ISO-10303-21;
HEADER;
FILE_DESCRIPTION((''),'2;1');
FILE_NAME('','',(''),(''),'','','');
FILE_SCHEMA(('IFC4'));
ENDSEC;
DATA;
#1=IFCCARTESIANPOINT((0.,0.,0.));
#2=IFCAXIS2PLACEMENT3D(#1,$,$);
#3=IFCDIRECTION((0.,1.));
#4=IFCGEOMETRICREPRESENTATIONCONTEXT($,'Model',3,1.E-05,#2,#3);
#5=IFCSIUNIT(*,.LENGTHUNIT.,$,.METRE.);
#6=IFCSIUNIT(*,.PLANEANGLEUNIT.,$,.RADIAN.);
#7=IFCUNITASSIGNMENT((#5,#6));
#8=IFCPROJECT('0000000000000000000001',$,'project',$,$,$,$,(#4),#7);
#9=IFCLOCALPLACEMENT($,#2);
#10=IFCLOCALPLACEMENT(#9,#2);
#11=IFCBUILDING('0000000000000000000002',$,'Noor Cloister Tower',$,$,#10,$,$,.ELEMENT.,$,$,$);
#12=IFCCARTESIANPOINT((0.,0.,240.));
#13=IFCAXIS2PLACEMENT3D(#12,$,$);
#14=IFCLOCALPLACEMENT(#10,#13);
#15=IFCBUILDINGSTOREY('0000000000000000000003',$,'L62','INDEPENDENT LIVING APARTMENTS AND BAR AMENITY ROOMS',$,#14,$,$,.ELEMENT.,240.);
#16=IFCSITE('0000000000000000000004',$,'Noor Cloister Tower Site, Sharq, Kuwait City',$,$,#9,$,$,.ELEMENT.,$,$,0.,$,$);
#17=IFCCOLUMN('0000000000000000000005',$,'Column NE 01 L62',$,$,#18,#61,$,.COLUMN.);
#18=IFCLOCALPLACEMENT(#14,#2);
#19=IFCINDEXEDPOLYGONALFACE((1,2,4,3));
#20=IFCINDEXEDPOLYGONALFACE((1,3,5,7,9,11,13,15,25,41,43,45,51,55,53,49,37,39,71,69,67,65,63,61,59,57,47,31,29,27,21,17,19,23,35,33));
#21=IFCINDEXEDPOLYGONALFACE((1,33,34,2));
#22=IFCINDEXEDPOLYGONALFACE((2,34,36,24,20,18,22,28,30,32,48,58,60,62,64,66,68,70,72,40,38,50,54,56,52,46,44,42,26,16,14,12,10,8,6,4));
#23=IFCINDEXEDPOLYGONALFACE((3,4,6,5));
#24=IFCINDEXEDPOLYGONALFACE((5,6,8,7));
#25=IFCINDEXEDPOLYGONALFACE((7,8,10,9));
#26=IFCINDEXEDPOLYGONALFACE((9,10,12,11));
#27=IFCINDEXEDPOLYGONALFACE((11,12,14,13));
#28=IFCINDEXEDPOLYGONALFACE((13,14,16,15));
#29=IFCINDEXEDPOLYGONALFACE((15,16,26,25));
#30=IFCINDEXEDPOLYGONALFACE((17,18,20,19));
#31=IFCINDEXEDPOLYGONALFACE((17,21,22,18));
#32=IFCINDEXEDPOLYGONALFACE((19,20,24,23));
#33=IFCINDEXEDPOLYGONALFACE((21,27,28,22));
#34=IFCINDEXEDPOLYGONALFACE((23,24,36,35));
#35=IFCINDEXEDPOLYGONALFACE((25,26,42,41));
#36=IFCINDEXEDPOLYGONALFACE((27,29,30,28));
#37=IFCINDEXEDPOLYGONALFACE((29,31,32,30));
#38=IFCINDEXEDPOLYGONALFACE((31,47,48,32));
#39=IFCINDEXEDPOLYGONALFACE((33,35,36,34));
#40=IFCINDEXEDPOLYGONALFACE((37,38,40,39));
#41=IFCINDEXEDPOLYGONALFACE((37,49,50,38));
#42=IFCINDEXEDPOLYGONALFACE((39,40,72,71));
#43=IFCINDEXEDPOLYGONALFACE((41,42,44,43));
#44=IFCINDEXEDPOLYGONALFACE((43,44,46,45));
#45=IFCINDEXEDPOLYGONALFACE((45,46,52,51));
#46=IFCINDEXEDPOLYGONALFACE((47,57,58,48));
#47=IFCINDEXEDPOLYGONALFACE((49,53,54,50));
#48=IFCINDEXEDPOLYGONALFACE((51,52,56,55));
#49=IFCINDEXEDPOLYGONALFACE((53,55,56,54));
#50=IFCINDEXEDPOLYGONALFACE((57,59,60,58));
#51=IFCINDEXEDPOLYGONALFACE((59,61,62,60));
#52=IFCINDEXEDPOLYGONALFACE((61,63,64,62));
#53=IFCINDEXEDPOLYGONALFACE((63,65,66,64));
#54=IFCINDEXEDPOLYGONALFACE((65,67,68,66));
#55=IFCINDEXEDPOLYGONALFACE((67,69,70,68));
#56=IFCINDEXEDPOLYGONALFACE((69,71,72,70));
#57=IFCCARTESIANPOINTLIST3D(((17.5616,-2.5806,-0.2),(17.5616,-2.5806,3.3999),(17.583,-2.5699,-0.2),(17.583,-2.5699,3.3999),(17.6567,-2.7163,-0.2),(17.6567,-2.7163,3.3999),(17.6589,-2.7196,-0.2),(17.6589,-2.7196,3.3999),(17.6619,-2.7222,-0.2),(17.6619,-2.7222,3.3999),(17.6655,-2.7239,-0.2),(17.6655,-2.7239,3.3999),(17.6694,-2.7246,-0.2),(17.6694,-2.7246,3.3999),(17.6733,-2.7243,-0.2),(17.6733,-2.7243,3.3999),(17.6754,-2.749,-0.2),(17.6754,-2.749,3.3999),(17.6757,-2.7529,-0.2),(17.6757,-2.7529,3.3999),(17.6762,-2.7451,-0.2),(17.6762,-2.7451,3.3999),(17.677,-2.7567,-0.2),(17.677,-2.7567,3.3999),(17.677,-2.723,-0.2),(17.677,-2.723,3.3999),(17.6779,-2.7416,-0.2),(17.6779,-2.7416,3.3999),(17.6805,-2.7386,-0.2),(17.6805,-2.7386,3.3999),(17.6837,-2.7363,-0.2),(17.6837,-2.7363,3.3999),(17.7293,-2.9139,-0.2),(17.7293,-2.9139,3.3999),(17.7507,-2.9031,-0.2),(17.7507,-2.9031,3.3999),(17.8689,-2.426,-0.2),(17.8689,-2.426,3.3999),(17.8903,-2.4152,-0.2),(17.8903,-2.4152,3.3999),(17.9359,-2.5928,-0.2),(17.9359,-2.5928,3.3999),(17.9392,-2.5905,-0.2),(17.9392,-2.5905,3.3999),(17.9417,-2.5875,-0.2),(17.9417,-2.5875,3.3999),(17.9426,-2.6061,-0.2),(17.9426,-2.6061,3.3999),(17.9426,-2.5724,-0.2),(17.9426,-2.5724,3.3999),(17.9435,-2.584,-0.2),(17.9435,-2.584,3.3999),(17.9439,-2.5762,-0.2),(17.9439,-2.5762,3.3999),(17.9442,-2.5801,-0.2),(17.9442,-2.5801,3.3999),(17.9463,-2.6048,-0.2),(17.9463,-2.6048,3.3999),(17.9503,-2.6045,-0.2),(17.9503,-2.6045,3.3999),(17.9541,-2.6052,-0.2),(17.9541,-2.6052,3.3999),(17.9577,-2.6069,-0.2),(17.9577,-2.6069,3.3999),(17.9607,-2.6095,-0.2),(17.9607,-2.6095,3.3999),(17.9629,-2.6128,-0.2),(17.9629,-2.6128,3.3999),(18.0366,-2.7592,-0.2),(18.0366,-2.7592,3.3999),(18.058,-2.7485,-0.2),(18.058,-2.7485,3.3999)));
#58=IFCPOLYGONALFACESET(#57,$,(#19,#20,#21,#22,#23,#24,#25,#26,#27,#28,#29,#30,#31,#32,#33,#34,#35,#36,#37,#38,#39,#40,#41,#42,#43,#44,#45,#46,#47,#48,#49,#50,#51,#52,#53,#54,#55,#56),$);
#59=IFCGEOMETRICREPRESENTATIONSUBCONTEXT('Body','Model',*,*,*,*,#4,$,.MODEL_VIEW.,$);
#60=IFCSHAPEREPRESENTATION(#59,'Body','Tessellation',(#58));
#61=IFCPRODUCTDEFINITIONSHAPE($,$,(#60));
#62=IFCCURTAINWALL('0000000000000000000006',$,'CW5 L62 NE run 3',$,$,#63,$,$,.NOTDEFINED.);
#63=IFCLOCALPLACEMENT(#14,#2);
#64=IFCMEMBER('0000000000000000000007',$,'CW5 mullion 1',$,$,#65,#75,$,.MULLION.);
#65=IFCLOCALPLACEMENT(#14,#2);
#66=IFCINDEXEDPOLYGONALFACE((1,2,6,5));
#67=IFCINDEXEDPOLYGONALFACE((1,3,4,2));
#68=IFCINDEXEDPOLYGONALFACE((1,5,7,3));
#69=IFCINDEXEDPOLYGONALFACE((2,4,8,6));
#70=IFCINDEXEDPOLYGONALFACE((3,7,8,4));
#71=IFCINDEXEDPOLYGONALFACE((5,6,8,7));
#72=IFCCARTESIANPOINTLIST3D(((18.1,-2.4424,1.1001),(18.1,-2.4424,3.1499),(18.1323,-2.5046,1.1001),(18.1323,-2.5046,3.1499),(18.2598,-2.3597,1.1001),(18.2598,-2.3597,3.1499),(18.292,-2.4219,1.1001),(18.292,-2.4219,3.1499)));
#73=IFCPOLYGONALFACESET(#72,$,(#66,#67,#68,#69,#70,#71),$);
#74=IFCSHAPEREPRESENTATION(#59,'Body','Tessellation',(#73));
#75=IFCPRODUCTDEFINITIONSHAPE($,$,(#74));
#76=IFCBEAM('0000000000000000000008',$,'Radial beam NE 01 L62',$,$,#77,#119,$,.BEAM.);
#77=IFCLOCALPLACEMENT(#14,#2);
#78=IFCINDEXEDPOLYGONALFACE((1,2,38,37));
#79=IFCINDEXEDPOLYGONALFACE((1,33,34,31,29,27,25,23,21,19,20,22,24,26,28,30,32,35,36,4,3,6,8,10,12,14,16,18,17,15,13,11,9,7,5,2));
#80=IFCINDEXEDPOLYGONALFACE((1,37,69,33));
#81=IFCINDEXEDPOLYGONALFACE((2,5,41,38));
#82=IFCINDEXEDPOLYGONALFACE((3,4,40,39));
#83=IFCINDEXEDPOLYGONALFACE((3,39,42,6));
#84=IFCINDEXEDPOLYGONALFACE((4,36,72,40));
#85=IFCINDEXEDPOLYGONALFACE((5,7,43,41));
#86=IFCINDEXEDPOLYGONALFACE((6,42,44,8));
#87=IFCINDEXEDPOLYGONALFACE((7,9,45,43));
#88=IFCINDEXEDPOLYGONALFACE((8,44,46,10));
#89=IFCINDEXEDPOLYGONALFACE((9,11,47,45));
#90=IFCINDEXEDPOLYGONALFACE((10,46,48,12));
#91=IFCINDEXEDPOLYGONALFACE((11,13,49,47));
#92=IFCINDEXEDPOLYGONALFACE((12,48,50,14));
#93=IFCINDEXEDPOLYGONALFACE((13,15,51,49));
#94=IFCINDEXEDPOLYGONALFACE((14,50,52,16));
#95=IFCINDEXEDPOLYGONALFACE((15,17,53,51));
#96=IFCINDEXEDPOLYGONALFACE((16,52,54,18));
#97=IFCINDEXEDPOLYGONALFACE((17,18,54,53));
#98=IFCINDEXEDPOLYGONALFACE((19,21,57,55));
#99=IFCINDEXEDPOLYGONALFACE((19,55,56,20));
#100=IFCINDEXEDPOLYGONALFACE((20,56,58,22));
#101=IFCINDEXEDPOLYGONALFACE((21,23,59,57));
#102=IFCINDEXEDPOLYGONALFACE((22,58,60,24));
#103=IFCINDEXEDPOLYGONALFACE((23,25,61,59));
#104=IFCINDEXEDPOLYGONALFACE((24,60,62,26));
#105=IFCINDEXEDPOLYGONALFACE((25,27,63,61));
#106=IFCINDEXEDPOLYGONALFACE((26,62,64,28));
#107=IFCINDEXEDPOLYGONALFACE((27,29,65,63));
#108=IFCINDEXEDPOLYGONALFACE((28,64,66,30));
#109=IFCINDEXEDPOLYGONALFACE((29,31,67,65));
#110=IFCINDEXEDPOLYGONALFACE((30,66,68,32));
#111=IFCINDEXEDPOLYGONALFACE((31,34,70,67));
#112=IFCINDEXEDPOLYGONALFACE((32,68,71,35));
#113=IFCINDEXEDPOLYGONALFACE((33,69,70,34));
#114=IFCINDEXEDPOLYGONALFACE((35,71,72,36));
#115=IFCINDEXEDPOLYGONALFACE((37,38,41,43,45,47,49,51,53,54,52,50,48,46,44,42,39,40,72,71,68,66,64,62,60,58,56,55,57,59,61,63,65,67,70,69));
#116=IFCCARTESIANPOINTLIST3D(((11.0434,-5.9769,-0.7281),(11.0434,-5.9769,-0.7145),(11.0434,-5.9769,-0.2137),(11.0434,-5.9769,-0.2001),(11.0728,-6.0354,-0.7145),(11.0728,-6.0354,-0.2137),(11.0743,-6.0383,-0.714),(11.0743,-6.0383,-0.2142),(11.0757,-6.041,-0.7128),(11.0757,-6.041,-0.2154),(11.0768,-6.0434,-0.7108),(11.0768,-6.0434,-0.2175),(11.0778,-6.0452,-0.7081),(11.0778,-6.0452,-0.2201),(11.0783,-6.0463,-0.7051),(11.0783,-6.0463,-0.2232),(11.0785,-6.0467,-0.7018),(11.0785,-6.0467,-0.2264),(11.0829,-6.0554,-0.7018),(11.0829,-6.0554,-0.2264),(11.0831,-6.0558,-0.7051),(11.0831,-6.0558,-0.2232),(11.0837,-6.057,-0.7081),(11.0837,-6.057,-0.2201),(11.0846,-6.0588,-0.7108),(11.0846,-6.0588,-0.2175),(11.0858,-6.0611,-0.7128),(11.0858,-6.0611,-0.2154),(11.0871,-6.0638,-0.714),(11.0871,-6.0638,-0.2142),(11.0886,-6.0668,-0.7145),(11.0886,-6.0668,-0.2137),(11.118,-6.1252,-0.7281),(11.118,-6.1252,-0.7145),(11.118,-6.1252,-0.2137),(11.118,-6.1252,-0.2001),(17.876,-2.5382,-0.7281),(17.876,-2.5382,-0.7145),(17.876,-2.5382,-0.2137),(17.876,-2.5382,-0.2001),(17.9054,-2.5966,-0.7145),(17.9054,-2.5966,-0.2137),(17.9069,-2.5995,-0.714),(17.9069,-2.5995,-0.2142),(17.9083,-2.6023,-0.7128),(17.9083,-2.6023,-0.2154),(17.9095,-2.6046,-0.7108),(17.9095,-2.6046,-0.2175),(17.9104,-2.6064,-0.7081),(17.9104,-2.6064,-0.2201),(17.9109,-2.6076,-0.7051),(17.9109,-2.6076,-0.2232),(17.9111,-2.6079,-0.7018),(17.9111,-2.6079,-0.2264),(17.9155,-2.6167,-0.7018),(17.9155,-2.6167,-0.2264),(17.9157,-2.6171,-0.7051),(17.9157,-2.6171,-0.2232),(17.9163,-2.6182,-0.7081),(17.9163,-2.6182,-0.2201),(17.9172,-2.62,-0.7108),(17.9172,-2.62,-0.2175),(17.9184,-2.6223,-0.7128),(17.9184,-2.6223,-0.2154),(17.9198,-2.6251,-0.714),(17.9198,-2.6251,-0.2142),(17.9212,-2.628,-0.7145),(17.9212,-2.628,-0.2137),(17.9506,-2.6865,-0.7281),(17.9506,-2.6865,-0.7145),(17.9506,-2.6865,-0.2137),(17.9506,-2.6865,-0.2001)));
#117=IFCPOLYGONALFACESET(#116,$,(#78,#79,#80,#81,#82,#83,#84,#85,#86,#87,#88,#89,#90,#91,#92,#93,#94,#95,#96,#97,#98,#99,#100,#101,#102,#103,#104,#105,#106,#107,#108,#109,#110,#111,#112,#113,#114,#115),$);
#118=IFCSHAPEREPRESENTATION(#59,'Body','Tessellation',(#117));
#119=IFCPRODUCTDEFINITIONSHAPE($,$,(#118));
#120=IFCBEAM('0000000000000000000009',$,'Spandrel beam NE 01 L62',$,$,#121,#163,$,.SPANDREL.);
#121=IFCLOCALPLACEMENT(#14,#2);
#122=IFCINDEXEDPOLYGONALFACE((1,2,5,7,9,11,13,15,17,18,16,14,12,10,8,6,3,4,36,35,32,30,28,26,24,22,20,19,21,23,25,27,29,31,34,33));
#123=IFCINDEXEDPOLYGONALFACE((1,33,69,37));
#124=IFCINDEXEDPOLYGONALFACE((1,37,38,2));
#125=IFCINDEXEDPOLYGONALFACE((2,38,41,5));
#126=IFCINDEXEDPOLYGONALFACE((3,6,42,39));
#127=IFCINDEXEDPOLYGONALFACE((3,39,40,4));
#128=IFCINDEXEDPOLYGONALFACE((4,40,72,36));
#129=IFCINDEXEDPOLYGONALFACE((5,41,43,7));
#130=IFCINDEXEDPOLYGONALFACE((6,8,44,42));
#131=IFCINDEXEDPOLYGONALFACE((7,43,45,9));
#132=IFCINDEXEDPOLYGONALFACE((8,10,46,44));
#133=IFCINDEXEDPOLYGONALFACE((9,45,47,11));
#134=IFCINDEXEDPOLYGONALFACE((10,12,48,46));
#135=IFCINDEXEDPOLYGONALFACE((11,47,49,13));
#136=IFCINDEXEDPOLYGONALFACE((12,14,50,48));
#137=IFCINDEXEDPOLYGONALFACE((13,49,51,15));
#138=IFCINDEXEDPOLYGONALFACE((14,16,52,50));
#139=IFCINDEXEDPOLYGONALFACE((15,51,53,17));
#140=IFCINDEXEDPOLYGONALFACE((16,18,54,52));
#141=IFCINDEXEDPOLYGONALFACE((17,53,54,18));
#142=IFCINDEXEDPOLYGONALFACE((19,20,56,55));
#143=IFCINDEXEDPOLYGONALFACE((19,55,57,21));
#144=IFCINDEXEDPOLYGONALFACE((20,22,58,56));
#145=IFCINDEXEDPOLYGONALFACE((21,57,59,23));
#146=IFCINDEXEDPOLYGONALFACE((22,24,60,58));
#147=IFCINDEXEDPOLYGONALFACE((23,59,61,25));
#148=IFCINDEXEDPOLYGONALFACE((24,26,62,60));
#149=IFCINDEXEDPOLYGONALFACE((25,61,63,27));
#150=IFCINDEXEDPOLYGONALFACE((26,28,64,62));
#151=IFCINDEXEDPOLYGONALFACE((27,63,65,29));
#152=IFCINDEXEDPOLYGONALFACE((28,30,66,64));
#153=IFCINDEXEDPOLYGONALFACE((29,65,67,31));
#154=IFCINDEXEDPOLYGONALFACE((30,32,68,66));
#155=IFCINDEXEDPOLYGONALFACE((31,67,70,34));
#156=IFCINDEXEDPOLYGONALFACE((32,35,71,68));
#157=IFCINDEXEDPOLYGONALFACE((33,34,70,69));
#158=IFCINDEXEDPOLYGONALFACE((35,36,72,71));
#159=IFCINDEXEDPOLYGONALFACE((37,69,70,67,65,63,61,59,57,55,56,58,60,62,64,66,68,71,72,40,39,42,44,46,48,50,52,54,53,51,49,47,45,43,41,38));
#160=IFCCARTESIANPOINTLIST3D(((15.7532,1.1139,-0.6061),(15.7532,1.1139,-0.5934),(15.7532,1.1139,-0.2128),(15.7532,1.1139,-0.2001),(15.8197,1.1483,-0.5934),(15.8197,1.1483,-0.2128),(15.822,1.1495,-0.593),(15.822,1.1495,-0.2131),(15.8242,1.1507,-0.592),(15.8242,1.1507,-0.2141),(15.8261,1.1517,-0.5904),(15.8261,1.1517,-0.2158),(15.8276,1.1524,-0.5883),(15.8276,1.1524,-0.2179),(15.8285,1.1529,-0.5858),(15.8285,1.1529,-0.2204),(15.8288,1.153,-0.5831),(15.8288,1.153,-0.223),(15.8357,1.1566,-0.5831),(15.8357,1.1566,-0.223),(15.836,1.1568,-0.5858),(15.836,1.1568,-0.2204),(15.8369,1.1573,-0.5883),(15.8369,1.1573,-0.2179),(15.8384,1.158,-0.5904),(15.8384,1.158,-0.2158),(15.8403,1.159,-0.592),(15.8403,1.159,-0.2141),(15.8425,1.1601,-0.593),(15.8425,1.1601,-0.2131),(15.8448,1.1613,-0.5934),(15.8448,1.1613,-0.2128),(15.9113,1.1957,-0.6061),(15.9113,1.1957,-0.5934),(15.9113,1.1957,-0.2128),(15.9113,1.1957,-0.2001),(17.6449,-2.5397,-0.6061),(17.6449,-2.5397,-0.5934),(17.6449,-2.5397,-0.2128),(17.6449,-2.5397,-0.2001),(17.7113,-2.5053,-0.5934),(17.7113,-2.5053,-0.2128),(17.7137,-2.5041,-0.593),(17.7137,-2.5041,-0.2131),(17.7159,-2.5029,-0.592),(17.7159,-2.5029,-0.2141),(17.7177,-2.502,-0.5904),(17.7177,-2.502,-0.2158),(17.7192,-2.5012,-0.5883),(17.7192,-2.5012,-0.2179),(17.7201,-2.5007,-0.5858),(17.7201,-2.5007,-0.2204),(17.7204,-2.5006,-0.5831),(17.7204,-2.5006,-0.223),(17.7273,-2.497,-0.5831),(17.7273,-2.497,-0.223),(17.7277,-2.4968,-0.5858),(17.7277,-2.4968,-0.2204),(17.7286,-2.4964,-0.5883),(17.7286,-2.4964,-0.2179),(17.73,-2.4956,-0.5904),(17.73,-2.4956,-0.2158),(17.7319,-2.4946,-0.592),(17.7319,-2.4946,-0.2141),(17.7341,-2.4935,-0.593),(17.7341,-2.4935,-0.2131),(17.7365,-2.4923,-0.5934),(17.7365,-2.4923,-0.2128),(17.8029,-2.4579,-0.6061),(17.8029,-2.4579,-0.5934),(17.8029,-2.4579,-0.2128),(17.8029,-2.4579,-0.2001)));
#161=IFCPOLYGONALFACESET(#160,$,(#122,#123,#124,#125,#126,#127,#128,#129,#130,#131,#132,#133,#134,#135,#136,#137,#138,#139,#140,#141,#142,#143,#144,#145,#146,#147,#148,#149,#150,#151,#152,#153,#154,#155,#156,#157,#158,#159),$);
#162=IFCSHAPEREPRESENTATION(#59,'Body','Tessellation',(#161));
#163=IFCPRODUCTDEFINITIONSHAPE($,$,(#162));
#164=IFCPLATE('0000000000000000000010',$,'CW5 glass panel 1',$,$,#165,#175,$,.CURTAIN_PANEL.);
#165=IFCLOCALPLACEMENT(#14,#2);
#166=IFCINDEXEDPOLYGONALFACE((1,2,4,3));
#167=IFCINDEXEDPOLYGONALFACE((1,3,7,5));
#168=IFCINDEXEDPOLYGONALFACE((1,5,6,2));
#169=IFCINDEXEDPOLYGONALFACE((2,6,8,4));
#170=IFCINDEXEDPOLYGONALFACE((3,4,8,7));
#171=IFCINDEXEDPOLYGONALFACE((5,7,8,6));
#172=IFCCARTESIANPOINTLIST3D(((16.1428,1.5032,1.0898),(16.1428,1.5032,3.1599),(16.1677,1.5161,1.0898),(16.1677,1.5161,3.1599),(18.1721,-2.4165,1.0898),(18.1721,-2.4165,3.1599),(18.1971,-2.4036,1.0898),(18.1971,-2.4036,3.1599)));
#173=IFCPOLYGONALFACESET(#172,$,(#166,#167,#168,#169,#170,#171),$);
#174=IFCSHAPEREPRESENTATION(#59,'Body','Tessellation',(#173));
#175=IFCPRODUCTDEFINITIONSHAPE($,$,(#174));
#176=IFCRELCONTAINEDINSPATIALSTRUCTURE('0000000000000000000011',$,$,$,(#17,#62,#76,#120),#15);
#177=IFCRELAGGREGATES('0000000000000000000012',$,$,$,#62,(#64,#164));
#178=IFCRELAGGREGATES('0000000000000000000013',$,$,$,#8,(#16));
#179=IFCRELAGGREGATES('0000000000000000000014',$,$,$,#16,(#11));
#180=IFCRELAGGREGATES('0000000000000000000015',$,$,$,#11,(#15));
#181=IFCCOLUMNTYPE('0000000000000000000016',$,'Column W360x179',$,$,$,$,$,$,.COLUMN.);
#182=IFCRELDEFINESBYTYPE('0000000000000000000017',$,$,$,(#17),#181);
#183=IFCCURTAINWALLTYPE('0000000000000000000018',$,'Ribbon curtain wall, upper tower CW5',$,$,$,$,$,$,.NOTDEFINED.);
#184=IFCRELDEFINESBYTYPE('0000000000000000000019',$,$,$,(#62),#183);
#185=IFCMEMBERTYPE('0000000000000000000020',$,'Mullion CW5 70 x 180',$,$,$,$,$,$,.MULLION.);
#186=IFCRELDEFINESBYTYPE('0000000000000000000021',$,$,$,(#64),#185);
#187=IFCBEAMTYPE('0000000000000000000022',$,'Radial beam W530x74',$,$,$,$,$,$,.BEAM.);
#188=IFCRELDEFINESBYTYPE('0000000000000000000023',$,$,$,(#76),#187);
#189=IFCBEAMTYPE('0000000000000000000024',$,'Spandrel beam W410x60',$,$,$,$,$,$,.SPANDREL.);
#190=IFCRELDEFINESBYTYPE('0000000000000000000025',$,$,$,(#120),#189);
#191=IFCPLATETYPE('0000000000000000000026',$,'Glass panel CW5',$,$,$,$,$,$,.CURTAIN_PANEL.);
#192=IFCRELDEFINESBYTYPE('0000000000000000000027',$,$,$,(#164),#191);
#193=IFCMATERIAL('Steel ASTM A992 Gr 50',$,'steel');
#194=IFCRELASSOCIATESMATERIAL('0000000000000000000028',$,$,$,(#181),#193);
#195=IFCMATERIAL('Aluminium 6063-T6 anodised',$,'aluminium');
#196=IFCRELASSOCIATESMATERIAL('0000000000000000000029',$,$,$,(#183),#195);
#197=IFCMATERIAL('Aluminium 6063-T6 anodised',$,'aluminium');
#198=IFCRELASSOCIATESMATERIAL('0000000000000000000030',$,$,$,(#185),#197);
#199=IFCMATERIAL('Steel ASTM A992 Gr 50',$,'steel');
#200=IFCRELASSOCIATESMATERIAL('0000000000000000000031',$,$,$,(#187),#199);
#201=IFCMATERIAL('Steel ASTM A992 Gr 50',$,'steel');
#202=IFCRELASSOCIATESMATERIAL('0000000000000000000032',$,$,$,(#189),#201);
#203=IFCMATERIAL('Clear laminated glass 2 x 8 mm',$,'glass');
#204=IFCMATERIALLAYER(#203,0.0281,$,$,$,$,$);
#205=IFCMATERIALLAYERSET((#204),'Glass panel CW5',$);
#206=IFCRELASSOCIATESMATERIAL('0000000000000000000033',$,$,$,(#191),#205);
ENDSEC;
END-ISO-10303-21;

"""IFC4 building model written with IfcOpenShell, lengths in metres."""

from ifc_helpers import new_model, si_unit, direction, frame, origin, origin_2d, place, context, subcontext, project, spatial, rectangle, i_section, extrude, material, layer, layer_set, material_profile, profile_set, type_object, element, aggregate, save


model = new_model("IFC4")

# Units and contexts
model_context = context("Model", 3, precision=1e-05, world=origin(), true_north=direction((0.0, 1.0)))
body_context = subcontext(model_context, "Body", "Model", "MODEL_VIEW")
ifc_project = project(units=[si_unit("LENGTHUNIT", "METRE"), si_unit("PLANEANGLEUNIT", "RADIAN")], contexts=[model_context])

# Site, building, storey
site_placement = place(None, origin())
site = spatial("IfcSite", under=ifc_project, at=site_placement, Name="Noor Cloister Tower Site, Sharq, Kuwait City", CompositionType="ELEMENT", RefElevation=0.0)
building_placement = place(site_placement, origin())
building = spatial("IfcBuilding", under=site, at=building_placement, Name="Noor Cloister Tower", CompositionType="ELEMENT")
storey_placement = place(building_placement, frame((0.0, 0.0, 240.0)))
storey = spatial("IfcBuildingStorey", under=building, at=storey_placement, Name="L62", Description="INDEPENDENT LIVING APARTMENTS AND BAR AMENITY ROOMS", CompositionType="ELEMENT", Elevation=240.0)

# Column
ifc_material_1 = material(Name="Steel ASTM A992 Gr 50", Category="steel")
ifc_material_profile_1 = material_profile(ifc_material_1, i_section(OverallWidth=0.373, OverallDepth=0.3679, WebThickness=0.0149, FlangeThickness=0.0239, FilletRadius=0.0151, at=origin_2d()), Name="W360x179")
ifc_profile_set_1 = profile_set([ifc_material_profile_1], Name="Steel ASTM A992 Gr 50")
column_type = type_object("IfcColumnType", Name="Column W360x179", PredefinedType="COLUMN", material=ifc_profile_set_1)
column_placement = place(storey_placement, frame((17.8098, -2.6646, -0.2), z_axis=(0.0, 0.0, 1.0), x_axis=(-0.449568, 0.893246, 0.0)))
element("IfcColumn", 1, at=column_placement, inside=storey, type_object=column_type, Name="Column NE 01 L62", PredefinedType="COLUMN", context=body_context, shape_type="SweptSolid", body=[
    extrude(i_section(OverallWidth=0.373, OverallDepth=0.3679, WebThickness=0.0149, FlangeThickness=0.0239, FilletRadius=0.0151, at=origin_2d()), origin(), (0.0, 0.0, 1.0), 3.5999),
])

# Curtain wall, member
ifc_material_2 = material(Name="Aluminium 6063-T6 anodised", Category="aluminium")
curtain_wall_type = type_object("IfcCurtainWallType", Name="Ribbon curtain wall, upper tower CW5", PredefinedType="NOTDEFINED", material=ifc_material_2)
curtain_wall_placement = place(storey_placement, origin())
curtain_wall = element("IfcCurtainWall", 2, at=curtain_wall_placement, inside=storey, type_object=curtain_wall_type, Name="CW5 L62 NE run 3", PredefinedType="NOTDEFINED")
ifc_material_3 = material(Name="Aluminium 6063-T6 anodised", Category="aluminium")
ifc_material_profile_2 = material_profile(ifc_material_3, rectangle(XDim=0.1799, YDim=0.0701, at=origin_2d()), Name="180 x 70 mullion")
ifc_profile_set_2 = profile_set([ifc_material_profile_2], Name="Aluminium 6063-T6 anodised")
member_type = type_object("IfcMemberType", Name="Mullion CW5 70 x 180", PredefinedType="MULLION", material=ifc_profile_set_2)
member_placement = place(storey_placement, frame((18.196, -2.4321, 1.1001), z_axis=(0.0, 0.0, 1.0), x_axis=(-0.888034, -0.459778, 0.0)))
member = element("IfcMember", 3, at=member_placement, type_object=member_type, Name="CW5 mullion 1", PredefinedType="MULLION", context=body_context, shape_type="SweptSolid", body=[
    extrude(rectangle(XDim=0.1799, YDim=0.0701, at=origin_2d()), origin(), (0.0, 0.0, 1.0), 2.0498),
])

# Beams
ifc_material_4 = material(Name="Steel ASTM A992 Gr 50", Category="steel")
ifc_material_profile_3 = material_profile(ifc_material_4, i_section(OverallWidth=0.166, OverallDepth=0.5281, WebThickness=0.0098, FlangeThickness=0.0137, FilletRadius=0.0127, at=origin_2d()), Name="W530x74")
ifc_profile_set_3 = profile_set([ifc_material_profile_3], Name="Steel ASTM A992 Gr 50")
beam_type_1 = type_object("IfcBeamType", Name="Radial beam W530x74", PredefinedType="BEAM", material=ifc_profile_set_3)
beam_1_placement = place(storey_placement, frame((17.9133, -2.6123, -0.4641), z_axis=(-0.89325, -0.449561, 0.0), x_axis=(0.449561, -0.89325, 0.0)))
element("IfcBeam", 4, at=beam_1_placement, inside=storey, type_object=beam_type_1, Name="Radial beam NE 01 L62", PredefinedType="BEAM", context=body_context, shape_type="SweptSolid", body=[
    extrude(i_section(OverallWidth=0.166, OverallDepth=0.5281, WebThickness=0.0098, FlangeThickness=0.0137, FilletRadius=0.0127, at=origin_2d()), origin(), (0.0, 0.0, 1.0), 7.6492),
])
ifc_material_5 = material(Name="Steel ASTM A992 Gr 50", Category="steel")
ifc_material_profile_4 = material_profile(ifc_material_5, i_section(OverallWidth=0.178, OverallDepth=0.406, WebThickness=0.0078, FlangeThickness=0.0127, FilletRadius=0.0103, at=origin_2d()), Name="W410x60")
ifc_profile_set_4 = profile_set([ifc_material_profile_4], Name="Steel ASTM A992 Gr 50")
beam_type_2 = type_object("IfcBeamType", Name="Spandrel beam W410x60", PredefinedType="SPANDREL", material=ifc_profile_set_4)
beam_2_placement = place(storey_placement, frame((17.7239, -2.4988, -0.4031), z_axis=(-0.459773, 0.888036, 0.0), x_axis=(-0.888036, -0.459773, 0.0)))
element("IfcBeam", 5, at=beam_2_placement, inside=storey, type_object=beam_type_2, Name="Spandrel beam NE 01 L62", PredefinedType="SPANDREL", context=body_context, shape_type="SweptSolid", body=[
    extrude(i_section(OverallWidth=0.178, OverallDepth=0.406, WebThickness=0.0078, FlangeThickness=0.0127, FilletRadius=0.0103, at=origin_2d()), origin(), (0.0, 0.0, 1.0), 4.1143),
])

# Plate
ifc_material_6 = material(Name="Clear laminated glass 2 x 8 mm", Category="glass")
ifc_layer_1 = layer(ifc_material_6, 0.0281)
ifc_layer_set_1 = layer_set([ifc_layer_1], Name="Glass panel CW5")
plate_type = type_object("IfcPlateType", Name="Glass panel CW5", PredefinedType="CURTAIN_PANEL", material=ifc_layer_set_1)
plate_placement = place(storey_placement, frame((17.1699, -0.4502, 1.0898), z_axis=(0.0, 0.0, 1.0), x_axis=(-0.459778, 0.888034, 0.0)))
plate = element("IfcPlate", 6, at=plate_placement, type_object=plate_type, Name="CW5 glass panel 1", PredefinedType="CURTAIN_PANEL", context=body_context, shape_type="SweptSolid", body=[
    extrude(rectangle(XDim=4.4138, YDim=0.0281, at=origin_2d()), origin(), (0.0, 0.0, 1.0), 2.0701),
])
aggregate(curtain_wall, [member, plate])

save(model, "model.ifc")
